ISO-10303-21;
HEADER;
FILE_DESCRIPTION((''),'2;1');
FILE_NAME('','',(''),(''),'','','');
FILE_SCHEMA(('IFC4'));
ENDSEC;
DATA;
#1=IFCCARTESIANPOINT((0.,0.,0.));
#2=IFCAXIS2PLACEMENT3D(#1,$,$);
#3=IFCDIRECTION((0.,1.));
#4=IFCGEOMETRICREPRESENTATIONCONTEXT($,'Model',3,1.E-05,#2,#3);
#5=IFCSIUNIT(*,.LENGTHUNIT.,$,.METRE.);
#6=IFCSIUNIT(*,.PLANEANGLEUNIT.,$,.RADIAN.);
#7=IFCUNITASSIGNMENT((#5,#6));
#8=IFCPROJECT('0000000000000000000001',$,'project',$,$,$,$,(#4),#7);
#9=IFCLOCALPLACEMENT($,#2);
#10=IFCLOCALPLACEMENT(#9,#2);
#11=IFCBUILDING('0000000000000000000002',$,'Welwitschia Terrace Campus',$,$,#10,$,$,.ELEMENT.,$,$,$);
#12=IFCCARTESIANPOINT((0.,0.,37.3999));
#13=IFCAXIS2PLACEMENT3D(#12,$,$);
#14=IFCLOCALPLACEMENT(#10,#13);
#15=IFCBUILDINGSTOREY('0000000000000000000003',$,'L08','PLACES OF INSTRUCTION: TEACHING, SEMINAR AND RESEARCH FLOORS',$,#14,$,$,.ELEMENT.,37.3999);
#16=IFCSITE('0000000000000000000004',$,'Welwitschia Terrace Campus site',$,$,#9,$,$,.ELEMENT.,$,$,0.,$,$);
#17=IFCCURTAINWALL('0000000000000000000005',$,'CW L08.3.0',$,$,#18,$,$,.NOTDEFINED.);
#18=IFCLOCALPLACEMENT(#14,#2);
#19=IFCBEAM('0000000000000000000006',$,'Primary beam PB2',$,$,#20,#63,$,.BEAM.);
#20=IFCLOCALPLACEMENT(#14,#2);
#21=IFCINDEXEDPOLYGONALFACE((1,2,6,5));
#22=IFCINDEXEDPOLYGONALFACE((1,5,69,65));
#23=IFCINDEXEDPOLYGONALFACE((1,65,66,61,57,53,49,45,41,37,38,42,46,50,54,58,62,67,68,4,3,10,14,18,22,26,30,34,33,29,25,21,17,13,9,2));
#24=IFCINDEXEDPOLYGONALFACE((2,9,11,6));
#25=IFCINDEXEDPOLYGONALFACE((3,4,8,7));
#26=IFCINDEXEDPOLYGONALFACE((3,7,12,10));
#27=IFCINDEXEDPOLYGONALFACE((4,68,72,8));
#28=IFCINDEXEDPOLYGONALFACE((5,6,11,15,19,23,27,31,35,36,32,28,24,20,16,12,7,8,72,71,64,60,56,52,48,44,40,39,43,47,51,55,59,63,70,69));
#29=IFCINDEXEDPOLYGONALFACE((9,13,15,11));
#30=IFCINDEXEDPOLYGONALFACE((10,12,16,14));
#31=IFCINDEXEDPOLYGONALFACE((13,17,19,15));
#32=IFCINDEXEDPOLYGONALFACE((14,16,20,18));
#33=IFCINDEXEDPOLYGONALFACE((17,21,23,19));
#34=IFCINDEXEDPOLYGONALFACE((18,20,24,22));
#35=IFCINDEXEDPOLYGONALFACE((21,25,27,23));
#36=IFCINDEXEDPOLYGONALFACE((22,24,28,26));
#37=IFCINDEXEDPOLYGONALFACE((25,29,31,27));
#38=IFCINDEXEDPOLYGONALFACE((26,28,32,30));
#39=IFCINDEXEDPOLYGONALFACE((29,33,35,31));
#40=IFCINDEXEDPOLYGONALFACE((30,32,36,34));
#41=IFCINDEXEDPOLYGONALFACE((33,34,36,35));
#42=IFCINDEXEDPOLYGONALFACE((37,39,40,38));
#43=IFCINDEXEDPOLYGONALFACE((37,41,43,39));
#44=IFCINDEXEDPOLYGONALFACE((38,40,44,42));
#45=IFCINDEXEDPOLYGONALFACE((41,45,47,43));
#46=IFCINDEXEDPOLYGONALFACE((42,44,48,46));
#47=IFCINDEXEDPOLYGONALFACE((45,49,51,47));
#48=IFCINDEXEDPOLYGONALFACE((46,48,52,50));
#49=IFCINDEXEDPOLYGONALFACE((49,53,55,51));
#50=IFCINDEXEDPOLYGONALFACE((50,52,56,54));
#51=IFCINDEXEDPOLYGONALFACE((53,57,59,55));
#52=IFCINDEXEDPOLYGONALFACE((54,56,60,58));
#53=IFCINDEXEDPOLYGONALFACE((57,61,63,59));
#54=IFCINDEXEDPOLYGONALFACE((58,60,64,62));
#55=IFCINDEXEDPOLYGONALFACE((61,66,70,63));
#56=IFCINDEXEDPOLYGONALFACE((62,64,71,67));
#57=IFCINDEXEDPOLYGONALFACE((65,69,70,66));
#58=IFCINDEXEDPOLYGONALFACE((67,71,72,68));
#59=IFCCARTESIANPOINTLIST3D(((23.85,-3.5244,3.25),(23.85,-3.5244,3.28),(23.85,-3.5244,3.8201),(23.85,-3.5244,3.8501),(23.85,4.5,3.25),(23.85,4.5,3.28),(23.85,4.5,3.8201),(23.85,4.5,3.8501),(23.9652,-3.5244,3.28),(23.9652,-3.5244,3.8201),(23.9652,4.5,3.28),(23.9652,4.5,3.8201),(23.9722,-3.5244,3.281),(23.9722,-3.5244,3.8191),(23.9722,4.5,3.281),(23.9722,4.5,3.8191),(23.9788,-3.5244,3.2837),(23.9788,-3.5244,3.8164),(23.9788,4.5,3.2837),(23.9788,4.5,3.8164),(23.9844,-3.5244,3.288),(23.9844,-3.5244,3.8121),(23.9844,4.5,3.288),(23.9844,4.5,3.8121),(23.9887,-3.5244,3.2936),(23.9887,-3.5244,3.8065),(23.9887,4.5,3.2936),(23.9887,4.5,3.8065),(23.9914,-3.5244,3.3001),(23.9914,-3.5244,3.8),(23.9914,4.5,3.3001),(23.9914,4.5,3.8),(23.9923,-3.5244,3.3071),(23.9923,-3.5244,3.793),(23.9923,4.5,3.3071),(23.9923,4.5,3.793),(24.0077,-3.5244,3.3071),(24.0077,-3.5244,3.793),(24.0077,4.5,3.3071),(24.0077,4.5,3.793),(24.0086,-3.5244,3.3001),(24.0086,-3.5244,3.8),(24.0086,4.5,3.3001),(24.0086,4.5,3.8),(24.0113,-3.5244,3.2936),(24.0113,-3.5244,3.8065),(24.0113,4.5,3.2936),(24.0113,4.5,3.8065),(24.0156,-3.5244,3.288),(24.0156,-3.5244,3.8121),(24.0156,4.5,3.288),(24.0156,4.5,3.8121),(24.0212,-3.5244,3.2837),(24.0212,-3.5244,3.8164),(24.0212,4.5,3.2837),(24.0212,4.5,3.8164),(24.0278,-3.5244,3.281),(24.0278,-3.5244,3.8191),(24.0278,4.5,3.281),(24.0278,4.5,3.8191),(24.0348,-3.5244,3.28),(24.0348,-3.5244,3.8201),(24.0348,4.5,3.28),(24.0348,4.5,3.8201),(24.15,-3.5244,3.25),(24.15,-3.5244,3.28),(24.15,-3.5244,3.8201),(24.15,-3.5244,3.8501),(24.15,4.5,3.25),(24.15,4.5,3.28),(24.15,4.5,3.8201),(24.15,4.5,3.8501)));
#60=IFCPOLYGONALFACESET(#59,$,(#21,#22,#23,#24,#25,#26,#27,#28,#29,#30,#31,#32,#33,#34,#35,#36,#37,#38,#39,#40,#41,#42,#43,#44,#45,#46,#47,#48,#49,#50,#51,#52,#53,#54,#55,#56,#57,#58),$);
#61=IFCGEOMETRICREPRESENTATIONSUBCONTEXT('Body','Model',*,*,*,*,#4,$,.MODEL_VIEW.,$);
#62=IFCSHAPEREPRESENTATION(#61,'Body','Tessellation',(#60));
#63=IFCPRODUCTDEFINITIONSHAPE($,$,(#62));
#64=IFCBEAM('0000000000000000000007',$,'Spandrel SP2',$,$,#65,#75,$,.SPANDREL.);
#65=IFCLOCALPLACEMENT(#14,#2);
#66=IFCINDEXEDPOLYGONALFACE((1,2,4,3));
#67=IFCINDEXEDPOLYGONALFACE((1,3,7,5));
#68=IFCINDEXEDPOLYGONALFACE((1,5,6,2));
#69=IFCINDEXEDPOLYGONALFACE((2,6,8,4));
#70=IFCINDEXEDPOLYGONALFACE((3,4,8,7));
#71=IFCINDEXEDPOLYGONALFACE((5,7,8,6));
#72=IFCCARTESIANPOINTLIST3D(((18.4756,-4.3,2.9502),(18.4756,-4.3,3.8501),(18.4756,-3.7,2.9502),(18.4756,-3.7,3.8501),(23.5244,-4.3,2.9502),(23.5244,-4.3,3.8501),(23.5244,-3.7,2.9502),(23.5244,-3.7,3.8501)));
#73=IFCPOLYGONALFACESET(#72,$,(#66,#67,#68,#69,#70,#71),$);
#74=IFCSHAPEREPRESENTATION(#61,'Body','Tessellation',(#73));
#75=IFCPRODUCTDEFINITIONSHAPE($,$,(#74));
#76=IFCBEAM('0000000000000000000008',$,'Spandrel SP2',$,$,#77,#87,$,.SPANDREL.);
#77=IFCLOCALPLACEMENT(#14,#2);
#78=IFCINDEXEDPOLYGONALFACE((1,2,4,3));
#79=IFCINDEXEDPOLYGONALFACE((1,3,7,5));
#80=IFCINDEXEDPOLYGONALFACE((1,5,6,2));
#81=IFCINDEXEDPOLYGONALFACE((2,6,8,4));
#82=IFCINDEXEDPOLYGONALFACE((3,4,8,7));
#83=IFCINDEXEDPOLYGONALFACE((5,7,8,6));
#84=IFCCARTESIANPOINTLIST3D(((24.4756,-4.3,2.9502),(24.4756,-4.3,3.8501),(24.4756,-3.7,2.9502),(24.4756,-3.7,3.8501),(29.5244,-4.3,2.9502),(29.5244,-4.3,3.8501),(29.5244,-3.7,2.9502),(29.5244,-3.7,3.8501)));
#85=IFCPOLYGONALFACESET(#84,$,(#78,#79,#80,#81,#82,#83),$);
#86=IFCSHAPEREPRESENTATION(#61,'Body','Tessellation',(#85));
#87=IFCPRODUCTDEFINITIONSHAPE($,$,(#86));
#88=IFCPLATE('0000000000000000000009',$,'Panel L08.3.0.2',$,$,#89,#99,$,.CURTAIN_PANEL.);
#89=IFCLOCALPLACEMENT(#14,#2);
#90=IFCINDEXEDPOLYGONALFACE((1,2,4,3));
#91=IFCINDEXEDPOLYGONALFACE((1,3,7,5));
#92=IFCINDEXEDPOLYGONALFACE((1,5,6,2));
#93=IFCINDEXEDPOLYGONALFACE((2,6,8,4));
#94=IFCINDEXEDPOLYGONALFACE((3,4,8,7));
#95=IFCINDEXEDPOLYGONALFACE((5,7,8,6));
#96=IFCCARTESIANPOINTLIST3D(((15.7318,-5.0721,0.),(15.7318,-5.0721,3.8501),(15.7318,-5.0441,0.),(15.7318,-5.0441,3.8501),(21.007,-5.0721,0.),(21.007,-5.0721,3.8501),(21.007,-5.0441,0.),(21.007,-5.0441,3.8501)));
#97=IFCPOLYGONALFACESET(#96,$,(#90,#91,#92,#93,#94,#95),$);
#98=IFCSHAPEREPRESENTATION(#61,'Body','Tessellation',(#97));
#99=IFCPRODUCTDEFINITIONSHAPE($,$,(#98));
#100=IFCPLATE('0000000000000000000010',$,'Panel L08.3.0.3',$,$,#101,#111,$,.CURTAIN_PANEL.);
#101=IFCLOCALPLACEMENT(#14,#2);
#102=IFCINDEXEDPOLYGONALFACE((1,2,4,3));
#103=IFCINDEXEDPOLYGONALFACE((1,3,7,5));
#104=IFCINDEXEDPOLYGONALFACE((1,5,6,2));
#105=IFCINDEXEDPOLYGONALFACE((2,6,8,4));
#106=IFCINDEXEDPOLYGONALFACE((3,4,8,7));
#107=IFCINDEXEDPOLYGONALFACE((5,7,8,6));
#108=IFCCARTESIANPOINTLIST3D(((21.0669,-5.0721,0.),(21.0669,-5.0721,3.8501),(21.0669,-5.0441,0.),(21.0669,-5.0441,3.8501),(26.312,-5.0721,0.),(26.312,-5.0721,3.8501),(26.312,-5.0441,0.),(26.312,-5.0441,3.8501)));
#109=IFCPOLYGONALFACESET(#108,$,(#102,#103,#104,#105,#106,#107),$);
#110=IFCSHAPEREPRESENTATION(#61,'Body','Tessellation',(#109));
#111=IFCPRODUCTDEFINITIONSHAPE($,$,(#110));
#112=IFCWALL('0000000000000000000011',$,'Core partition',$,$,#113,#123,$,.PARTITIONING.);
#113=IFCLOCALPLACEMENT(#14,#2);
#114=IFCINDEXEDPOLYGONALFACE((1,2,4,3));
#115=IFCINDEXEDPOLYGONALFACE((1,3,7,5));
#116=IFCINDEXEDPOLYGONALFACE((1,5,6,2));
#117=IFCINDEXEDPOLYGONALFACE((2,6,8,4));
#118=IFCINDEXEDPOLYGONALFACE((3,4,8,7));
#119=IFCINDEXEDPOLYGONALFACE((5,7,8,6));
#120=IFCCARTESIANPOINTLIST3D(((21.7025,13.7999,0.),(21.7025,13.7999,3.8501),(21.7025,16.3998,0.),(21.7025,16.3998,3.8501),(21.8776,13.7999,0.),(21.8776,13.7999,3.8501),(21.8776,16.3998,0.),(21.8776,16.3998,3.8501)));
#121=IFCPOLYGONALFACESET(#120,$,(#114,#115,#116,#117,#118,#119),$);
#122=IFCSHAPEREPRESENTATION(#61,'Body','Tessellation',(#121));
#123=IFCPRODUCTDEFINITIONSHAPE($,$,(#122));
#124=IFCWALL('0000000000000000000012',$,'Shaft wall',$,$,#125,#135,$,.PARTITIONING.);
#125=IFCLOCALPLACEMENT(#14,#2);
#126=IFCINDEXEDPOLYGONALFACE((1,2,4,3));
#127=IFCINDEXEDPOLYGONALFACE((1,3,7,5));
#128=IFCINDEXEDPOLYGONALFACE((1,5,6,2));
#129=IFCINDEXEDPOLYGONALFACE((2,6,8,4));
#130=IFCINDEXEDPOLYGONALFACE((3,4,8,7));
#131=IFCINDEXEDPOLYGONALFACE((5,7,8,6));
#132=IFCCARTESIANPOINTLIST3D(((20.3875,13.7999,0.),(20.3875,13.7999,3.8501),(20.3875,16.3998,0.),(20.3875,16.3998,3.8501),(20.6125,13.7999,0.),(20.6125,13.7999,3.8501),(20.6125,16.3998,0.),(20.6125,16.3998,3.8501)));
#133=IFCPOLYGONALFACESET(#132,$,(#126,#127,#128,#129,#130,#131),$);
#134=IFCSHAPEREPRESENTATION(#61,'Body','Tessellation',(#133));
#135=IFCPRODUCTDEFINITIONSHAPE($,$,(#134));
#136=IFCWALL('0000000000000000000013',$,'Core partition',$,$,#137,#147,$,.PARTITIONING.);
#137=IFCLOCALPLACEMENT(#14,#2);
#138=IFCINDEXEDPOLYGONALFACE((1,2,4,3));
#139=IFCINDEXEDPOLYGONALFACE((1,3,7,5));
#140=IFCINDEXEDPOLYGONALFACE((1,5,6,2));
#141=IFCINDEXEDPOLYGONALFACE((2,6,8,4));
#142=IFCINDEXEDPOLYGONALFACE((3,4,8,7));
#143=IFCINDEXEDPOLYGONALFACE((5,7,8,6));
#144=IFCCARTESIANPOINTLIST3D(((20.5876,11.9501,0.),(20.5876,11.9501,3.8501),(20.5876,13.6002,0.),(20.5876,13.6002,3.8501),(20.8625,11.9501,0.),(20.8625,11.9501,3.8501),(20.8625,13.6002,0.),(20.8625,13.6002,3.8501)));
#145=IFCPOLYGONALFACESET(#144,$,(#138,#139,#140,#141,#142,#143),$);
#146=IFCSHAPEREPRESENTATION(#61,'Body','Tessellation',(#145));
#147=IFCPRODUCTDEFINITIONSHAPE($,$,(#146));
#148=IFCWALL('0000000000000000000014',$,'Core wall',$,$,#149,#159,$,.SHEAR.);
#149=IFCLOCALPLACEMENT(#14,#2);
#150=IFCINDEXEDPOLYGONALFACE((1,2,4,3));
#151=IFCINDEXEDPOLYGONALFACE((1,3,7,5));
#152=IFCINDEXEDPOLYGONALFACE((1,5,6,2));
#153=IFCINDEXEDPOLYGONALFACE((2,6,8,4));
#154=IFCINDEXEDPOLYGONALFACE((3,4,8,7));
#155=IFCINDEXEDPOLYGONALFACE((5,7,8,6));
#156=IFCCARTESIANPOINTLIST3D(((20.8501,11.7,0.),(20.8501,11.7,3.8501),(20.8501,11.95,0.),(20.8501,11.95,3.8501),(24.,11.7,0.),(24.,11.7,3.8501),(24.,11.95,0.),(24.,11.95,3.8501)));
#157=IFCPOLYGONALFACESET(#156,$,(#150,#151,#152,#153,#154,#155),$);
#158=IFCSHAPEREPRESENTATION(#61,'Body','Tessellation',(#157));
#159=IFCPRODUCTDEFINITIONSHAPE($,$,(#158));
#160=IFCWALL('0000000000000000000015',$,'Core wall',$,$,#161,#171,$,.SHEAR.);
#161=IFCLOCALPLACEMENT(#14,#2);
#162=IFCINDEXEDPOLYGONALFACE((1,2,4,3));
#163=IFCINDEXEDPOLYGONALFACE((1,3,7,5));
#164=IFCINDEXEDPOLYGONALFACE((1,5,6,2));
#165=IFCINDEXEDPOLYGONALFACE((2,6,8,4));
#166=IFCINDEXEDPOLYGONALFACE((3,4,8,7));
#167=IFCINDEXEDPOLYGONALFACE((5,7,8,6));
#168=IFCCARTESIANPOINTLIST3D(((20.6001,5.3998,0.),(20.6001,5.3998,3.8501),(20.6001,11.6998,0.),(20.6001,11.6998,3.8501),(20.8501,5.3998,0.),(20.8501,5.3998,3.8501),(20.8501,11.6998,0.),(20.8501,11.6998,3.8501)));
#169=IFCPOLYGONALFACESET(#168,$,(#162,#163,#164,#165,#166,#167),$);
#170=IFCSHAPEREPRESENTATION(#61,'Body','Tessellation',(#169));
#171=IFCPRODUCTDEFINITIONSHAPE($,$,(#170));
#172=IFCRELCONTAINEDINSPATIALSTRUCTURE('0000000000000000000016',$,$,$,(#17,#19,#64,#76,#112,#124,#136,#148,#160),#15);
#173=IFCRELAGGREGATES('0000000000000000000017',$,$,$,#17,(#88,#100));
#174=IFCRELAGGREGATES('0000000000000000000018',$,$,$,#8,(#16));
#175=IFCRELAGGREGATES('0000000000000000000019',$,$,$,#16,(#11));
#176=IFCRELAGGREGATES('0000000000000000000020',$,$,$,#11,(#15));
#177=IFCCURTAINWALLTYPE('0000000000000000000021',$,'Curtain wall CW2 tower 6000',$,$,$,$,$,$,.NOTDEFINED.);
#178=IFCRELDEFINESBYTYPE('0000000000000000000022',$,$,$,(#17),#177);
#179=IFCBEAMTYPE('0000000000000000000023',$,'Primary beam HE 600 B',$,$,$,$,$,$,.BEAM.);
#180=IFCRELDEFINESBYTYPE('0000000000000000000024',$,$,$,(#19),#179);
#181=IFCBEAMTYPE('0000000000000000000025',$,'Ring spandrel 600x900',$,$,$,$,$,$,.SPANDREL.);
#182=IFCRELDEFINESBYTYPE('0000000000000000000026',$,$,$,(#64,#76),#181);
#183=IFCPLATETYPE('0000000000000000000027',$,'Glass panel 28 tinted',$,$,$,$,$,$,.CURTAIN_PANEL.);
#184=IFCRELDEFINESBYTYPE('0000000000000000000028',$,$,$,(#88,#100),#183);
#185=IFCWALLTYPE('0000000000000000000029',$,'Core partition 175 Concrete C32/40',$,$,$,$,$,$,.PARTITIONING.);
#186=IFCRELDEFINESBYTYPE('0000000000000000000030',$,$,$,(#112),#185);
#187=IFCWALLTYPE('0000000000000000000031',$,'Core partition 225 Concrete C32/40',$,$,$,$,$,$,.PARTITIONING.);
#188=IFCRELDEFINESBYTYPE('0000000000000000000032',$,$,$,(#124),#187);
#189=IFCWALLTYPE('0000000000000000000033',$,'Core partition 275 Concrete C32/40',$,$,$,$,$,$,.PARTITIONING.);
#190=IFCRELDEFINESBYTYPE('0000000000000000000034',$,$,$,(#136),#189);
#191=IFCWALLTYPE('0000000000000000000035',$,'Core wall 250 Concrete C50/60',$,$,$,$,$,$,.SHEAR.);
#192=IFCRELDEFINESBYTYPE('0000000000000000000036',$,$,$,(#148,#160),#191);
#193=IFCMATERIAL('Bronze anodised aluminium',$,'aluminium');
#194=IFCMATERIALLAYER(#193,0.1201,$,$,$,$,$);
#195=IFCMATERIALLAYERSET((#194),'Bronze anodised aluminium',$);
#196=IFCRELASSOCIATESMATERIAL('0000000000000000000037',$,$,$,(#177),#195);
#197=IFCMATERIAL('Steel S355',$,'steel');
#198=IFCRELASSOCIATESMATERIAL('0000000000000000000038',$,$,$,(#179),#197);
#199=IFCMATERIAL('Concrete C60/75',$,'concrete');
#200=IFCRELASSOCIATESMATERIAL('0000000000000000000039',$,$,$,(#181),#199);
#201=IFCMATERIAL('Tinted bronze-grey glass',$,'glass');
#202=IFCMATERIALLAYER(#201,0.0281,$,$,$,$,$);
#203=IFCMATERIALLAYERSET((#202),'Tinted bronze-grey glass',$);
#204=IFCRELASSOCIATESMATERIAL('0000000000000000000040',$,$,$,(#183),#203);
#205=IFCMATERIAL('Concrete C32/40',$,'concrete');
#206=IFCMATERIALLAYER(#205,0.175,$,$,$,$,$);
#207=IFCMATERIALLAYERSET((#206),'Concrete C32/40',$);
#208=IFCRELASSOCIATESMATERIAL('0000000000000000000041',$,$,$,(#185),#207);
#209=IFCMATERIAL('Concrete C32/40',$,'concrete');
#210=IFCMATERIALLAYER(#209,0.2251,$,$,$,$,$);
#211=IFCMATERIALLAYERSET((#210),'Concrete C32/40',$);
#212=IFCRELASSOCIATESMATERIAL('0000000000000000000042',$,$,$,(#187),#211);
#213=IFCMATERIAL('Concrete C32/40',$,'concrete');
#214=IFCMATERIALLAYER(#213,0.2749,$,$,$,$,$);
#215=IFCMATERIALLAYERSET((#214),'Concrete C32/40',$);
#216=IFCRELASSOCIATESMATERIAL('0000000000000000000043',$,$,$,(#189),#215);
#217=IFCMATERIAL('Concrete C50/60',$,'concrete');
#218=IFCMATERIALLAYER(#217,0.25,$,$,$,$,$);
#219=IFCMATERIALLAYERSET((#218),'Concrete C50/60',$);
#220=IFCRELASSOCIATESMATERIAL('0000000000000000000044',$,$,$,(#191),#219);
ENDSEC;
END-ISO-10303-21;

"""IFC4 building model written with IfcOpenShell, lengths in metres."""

from ifc_helpers import new_model, si_unit, direction, frame, frame_2d, origin, origin_2d, place, context, subcontext, project, spatial, rectangle, i_section, extrude, material, layer, layer_set, material_profile, profile_set, type_object, element, aggregate, save


model = new_model("IFC4")

# Units and contexts
model_context = context("Model", 3, precision=1e-05, world=origin(), true_north=direction((0.0, 1.0)))
body_context = subcontext(model_context, "Body", "Model", "MODEL_VIEW")
ifc_project = project(units=[si_unit("LENGTHUNIT", "METRE"), si_unit("PLANEANGLEUNIT", "RADIAN")], contexts=[model_context])

# Site, building, storey
site_placement = place(None, origin())
site = spatial("IfcSite", under=ifc_project, at=site_placement, Name="Welwitschia Terrace Campus site", CompositionType="ELEMENT", RefElevation=0.0)
building_placement = place(site_placement, origin())
building = spatial("IfcBuilding", under=site, at=building_placement, Name="Welwitschia Terrace Campus", CompositionType="ELEMENT")
storey_placement = place(building_placement, frame((0.0, 0.0, 37.3999)))
storey = spatial("IfcBuildingStorey", under=building, at=storey_placement, Name="L08", Description="PLACES OF INSTRUCTION: TEACHING, SEMINAR AND RESEARCH FLOORS", CompositionType="ELEMENT", Elevation=37.3999)

# Curtain wall
ifc_material_1 = material(Name="Bronze anodised aluminium", Category="aluminium")
ifc_layer_1 = layer(ifc_material_1, 0.1201)
ifc_layer_set_1 = layer_set([ifc_layer_1], Name="Bronze anodised aluminium")
curtain_wall_type = type_object("IfcCurtainWallType", Name="Curtain wall CW2 tower 6000", PredefinedType="NOTDEFINED", material=ifc_layer_set_1)
curtain_wall_1_placement = place(storey_placement, origin())
curtain_wall_1 = element("IfcCurtainWall", 1, at=curtain_wall_1_placement, inside=storey, type_object=curtain_wall_type, Name="CW L08.3.0", PredefinedType="NOTDEFINED")

# Beams
ifc_material_2 = material(Name="Steel S355", Category="steel")
ifc_material_profile_1 = material_profile(ifc_material_2, i_section(OverallWidth=0.3, OverallDepth=0.6001, WebThickness=0.0154, FlangeThickness=0.03, FilletRadius=0.0271, at=origin_2d()))
ifc_profile_set_1 = profile_set([ifc_material_profile_1], Name="Steel S355")
beam_type_1 = type_object("IfcBeamType", Name="Primary beam HE 600 B", PredefinedType="BEAM", material=ifc_profile_set_1)
beam_placement = place(storey_placement, frame((24.0, -3.5244, 3.55), z_axis=(0.0, 1.0, 0.0), x_axis=(-1.0, 0.0, 0.0)))
element("IfcBeam", 2, at=beam_placement, inside=storey, type_object=beam_type_1, Name="Primary beam PB2", PredefinedType="BEAM", context=body_context, shape_type="SweptSolid", body=[
    extrude(i_section(OverallWidth=0.3, OverallDepth=0.6001, WebThickness=0.0154, FlangeThickness=0.03, FilletRadius=0.0271, at=origin_2d()), origin(), (0.0, 0.0, 1.0), 8.0244),
])
ifc_material_3 = material(Name="Concrete C60/75", Category="concrete")
ifc_material_profile_2 = material_profile(ifc_material_3, rectangle(XDim=0.6001, YDim=0.8999, at=origin_2d()))
ifc_profile_set_2 = profile_set([ifc_material_profile_2], Name="Concrete C60/75")
beam_type_2 = type_object("IfcBeamType", Name="Ring spandrel 600x900", PredefinedType="SPANDREL", material=ifc_profile_set_2)
for number, where, z_axis, x_axis, name in (
    (3, (18.4756, -4.0, 3.4001), (1.0, 0.0, 0.0), (0.0, 1.0, 0.0), "Spandrel SP2"),
    (4, (24.4756, -4.0, 3.4001), (1.0, 0.0, 0.0), (0.0, 1.0, 0.0), "Spandrel SP2"),
):
    element("IfcBeam", number, at=place(storey_placement, frame(where, z_axis=z_axis, x_axis=x_axis)), inside=storey, type_object=beam_type_2, Name=name, PredefinedType="SPANDREL", context=body_context, shape_type="SweptSolid", body=[
        extrude(rectangle(XDim=0.6001, YDim=0.8999, at=origin_2d()), origin(), (0.0, 0.0, 1.0), 5.0488),
    ])

# Plates
ifc_material_4 = material(Name="Tinted bronze-grey glass", Category="glass")
ifc_layer_2 = layer(ifc_material_4, 0.0281)
ifc_layer_set_2 = layer_set([ifc_layer_2], Name="Tinted bronze-grey glass")
plate_type = type_object("IfcPlateType", Name="Glass panel 28 tinted", PredefinedType="CURTAIN_PANEL", material=ifc_layer_set_2)
plate_1_placement = place(storey_placement, frame((18.3694, -5.0581, 0.0), z_axis=(0.0, 0.0, 1.0), x_axis=(1.0, 0.0, 0.0)))
plate_1 = element("IfcPlate", 5, at=plate_1_placement, type_object=plate_type, Name="Panel L08.3.0.2", PredefinedType="CURTAIN_PANEL", context=body_context, shape_type="SweptSolid", body=[
    extrude(rectangle(XDim=5.2751, YDim=0.0281, at=origin_2d()), origin(), (0.0, 0.0, 1.0), 3.8501),
])
plate_2_placement = place(storey_placement, frame((23.6895, -5.0581, 0.0), z_axis=(0.0, 0.0, 1.0), x_axis=(1.0, 0.0, 0.0)))
plate_2 = element("IfcPlate", 6, at=plate_2_placement, type_object=plate_type, Name="Panel L08.3.0.3", PredefinedType="CURTAIN_PANEL", context=body_context, shape_type="SweptSolid", body=[
    extrude(rectangle(XDim=5.2451, YDim=0.0281, at=origin_2d()), origin(), (0.0, 0.0, 1.0), 3.8501),
])
aggregate(curtain_wall_1, [plate_1, plate_2])

# Walls
ifc_material_5 = material(Name="Concrete C32/40", Category="concrete")
ifc_layer_3 = layer(ifc_material_5, 0.175)
ifc_layer_set_3 = layer_set([ifc_layer_3], Name="Concrete C32/40")
wall_type_1 = type_object("IfcWallType", Name="Core partition 175 Concrete C32/40", PredefinedType="PARTITIONING", material=ifc_layer_set_3)
wall_1_placement = place(storey_placement, frame((21.79, 13.8, 0.0), z_axis=(0.0, 0.0, 1.0), x_axis=(0.0, 1.0, 0.0)))
element("IfcWall", 7, at=wall_1_placement, inside=storey, type_object=wall_type_1, Name="Core partition", PredefinedType="PARTITIONING", context=body_context, shape_type="SweptSolid", body=[
    extrude(rectangle(XDim=2.5999, YDim=0.175, at=frame_2d((1.2998, 0.0))), origin(), (0.0, 0.0, 1.0), 3.8501),
])
ifc_material_6 = material(Name="Concrete C32/40", Category="concrete")
ifc_layer_4 = layer(ifc_material_6, 0.2251)
ifc_layer_set_4 = layer_set([ifc_layer_4], Name="Concrete C32/40")
wall_type_2 = type_object("IfcWallType", Name="Core partition 225 Concrete C32/40", PredefinedType="PARTITIONING", material=ifc_layer_set_4)
wall_2_placement = place(storey_placement, frame((20.5, 13.8, 0.0), z_axis=(0.0, 0.0, 1.0), x_axis=(0.0, 1.0, 0.0)))
element("IfcWall", 8, at=wall_2_placement, inside=storey, type_object=wall_type_2, Name="Shaft wall", PredefinedType="PARTITIONING", context=body_context, shape_type="SweptSolid", body=[
    extrude(rectangle(XDim=2.5999, YDim=0.2251, at=frame_2d((1.2998, 0.0))), origin(), (0.0, 0.0, 1.0), 3.8501),
])
ifc_material_7 = material(Name="Concrete C32/40", Category="concrete")
ifc_layer_5 = layer(ifc_material_7, 0.2749)
ifc_layer_set_5 = layer_set([ifc_layer_5], Name="Concrete C32/40")
wall_type_3 = type_object("IfcWallType", Name="Core partition 275 Concrete C32/40", PredefinedType="PARTITIONING", material=ifc_layer_set_5)
wall_3_placement = place(storey_placement, frame((20.7251, 11.95, 0.0), z_axis=(0.0, 0.0, 1.0), x_axis=(0.0, 1.0, 0.0)))
element("IfcWall", 9, at=wall_3_placement, inside=storey, type_object=wall_type_3, Name="Core partition", PredefinedType="PARTITIONING", context=body_context, shape_type="SweptSolid", body=[
    extrude(rectangle(XDim=1.6501, YDim=0.2749, at=frame_2d((0.8252, 0.0))), origin(), (0.0, 0.0, 1.0), 3.8501),
])
ifc_material_8 = material(Name="Concrete C50/60", Category="concrete")
ifc_layer_6 = layer(ifc_material_8, 0.25)
ifc_layer_set_6 = layer_set([ifc_layer_6], Name="Concrete C50/60")
wall_type_4 = type_object("IfcWallType", Name="Core wall 250 Concrete C50/60", PredefinedType="SHEAR", material=ifc_layer_set_6)
wall_4_placement = place(storey_placement, frame((20.8501, 11.825, 0.0), z_axis=(0.0, 0.0, 1.0), x_axis=(1.0, 0.0, 0.0)))
element("IfcWall", 10, at=wall_4_placement, inside=storey, type_object=wall_type_4, Name="Core wall", PredefinedType="SHEAR", context=body_context, shape_type="SweptSolid", body=[
    extrude(rectangle(XDim=3.1499, YDim=0.25, at=frame_2d((1.575, 0.0))), origin(), (0.0, 0.0, 1.0), 3.8501),
])
wall_5_placement = place(storey_placement, frame((20.7251, 5.3999, 0.0), z_axis=(0.0, 0.0, 1.0), x_axis=(0.0, 1.0, 0.0)))
element("IfcWall", 11, at=wall_5_placement, inside=storey, type_object=wall_type_4, Name="Core wall", PredefinedType="SHEAR", context=body_context, shape_type="SweptSolid", body=[
    extrude(rectangle(XDim=6.3, YDim=0.25, at=frame_2d((3.1499, 0.0))), origin(), (0.0, 0.0, 1.0), 3.8501),
])

save(model, "model.ifc")
